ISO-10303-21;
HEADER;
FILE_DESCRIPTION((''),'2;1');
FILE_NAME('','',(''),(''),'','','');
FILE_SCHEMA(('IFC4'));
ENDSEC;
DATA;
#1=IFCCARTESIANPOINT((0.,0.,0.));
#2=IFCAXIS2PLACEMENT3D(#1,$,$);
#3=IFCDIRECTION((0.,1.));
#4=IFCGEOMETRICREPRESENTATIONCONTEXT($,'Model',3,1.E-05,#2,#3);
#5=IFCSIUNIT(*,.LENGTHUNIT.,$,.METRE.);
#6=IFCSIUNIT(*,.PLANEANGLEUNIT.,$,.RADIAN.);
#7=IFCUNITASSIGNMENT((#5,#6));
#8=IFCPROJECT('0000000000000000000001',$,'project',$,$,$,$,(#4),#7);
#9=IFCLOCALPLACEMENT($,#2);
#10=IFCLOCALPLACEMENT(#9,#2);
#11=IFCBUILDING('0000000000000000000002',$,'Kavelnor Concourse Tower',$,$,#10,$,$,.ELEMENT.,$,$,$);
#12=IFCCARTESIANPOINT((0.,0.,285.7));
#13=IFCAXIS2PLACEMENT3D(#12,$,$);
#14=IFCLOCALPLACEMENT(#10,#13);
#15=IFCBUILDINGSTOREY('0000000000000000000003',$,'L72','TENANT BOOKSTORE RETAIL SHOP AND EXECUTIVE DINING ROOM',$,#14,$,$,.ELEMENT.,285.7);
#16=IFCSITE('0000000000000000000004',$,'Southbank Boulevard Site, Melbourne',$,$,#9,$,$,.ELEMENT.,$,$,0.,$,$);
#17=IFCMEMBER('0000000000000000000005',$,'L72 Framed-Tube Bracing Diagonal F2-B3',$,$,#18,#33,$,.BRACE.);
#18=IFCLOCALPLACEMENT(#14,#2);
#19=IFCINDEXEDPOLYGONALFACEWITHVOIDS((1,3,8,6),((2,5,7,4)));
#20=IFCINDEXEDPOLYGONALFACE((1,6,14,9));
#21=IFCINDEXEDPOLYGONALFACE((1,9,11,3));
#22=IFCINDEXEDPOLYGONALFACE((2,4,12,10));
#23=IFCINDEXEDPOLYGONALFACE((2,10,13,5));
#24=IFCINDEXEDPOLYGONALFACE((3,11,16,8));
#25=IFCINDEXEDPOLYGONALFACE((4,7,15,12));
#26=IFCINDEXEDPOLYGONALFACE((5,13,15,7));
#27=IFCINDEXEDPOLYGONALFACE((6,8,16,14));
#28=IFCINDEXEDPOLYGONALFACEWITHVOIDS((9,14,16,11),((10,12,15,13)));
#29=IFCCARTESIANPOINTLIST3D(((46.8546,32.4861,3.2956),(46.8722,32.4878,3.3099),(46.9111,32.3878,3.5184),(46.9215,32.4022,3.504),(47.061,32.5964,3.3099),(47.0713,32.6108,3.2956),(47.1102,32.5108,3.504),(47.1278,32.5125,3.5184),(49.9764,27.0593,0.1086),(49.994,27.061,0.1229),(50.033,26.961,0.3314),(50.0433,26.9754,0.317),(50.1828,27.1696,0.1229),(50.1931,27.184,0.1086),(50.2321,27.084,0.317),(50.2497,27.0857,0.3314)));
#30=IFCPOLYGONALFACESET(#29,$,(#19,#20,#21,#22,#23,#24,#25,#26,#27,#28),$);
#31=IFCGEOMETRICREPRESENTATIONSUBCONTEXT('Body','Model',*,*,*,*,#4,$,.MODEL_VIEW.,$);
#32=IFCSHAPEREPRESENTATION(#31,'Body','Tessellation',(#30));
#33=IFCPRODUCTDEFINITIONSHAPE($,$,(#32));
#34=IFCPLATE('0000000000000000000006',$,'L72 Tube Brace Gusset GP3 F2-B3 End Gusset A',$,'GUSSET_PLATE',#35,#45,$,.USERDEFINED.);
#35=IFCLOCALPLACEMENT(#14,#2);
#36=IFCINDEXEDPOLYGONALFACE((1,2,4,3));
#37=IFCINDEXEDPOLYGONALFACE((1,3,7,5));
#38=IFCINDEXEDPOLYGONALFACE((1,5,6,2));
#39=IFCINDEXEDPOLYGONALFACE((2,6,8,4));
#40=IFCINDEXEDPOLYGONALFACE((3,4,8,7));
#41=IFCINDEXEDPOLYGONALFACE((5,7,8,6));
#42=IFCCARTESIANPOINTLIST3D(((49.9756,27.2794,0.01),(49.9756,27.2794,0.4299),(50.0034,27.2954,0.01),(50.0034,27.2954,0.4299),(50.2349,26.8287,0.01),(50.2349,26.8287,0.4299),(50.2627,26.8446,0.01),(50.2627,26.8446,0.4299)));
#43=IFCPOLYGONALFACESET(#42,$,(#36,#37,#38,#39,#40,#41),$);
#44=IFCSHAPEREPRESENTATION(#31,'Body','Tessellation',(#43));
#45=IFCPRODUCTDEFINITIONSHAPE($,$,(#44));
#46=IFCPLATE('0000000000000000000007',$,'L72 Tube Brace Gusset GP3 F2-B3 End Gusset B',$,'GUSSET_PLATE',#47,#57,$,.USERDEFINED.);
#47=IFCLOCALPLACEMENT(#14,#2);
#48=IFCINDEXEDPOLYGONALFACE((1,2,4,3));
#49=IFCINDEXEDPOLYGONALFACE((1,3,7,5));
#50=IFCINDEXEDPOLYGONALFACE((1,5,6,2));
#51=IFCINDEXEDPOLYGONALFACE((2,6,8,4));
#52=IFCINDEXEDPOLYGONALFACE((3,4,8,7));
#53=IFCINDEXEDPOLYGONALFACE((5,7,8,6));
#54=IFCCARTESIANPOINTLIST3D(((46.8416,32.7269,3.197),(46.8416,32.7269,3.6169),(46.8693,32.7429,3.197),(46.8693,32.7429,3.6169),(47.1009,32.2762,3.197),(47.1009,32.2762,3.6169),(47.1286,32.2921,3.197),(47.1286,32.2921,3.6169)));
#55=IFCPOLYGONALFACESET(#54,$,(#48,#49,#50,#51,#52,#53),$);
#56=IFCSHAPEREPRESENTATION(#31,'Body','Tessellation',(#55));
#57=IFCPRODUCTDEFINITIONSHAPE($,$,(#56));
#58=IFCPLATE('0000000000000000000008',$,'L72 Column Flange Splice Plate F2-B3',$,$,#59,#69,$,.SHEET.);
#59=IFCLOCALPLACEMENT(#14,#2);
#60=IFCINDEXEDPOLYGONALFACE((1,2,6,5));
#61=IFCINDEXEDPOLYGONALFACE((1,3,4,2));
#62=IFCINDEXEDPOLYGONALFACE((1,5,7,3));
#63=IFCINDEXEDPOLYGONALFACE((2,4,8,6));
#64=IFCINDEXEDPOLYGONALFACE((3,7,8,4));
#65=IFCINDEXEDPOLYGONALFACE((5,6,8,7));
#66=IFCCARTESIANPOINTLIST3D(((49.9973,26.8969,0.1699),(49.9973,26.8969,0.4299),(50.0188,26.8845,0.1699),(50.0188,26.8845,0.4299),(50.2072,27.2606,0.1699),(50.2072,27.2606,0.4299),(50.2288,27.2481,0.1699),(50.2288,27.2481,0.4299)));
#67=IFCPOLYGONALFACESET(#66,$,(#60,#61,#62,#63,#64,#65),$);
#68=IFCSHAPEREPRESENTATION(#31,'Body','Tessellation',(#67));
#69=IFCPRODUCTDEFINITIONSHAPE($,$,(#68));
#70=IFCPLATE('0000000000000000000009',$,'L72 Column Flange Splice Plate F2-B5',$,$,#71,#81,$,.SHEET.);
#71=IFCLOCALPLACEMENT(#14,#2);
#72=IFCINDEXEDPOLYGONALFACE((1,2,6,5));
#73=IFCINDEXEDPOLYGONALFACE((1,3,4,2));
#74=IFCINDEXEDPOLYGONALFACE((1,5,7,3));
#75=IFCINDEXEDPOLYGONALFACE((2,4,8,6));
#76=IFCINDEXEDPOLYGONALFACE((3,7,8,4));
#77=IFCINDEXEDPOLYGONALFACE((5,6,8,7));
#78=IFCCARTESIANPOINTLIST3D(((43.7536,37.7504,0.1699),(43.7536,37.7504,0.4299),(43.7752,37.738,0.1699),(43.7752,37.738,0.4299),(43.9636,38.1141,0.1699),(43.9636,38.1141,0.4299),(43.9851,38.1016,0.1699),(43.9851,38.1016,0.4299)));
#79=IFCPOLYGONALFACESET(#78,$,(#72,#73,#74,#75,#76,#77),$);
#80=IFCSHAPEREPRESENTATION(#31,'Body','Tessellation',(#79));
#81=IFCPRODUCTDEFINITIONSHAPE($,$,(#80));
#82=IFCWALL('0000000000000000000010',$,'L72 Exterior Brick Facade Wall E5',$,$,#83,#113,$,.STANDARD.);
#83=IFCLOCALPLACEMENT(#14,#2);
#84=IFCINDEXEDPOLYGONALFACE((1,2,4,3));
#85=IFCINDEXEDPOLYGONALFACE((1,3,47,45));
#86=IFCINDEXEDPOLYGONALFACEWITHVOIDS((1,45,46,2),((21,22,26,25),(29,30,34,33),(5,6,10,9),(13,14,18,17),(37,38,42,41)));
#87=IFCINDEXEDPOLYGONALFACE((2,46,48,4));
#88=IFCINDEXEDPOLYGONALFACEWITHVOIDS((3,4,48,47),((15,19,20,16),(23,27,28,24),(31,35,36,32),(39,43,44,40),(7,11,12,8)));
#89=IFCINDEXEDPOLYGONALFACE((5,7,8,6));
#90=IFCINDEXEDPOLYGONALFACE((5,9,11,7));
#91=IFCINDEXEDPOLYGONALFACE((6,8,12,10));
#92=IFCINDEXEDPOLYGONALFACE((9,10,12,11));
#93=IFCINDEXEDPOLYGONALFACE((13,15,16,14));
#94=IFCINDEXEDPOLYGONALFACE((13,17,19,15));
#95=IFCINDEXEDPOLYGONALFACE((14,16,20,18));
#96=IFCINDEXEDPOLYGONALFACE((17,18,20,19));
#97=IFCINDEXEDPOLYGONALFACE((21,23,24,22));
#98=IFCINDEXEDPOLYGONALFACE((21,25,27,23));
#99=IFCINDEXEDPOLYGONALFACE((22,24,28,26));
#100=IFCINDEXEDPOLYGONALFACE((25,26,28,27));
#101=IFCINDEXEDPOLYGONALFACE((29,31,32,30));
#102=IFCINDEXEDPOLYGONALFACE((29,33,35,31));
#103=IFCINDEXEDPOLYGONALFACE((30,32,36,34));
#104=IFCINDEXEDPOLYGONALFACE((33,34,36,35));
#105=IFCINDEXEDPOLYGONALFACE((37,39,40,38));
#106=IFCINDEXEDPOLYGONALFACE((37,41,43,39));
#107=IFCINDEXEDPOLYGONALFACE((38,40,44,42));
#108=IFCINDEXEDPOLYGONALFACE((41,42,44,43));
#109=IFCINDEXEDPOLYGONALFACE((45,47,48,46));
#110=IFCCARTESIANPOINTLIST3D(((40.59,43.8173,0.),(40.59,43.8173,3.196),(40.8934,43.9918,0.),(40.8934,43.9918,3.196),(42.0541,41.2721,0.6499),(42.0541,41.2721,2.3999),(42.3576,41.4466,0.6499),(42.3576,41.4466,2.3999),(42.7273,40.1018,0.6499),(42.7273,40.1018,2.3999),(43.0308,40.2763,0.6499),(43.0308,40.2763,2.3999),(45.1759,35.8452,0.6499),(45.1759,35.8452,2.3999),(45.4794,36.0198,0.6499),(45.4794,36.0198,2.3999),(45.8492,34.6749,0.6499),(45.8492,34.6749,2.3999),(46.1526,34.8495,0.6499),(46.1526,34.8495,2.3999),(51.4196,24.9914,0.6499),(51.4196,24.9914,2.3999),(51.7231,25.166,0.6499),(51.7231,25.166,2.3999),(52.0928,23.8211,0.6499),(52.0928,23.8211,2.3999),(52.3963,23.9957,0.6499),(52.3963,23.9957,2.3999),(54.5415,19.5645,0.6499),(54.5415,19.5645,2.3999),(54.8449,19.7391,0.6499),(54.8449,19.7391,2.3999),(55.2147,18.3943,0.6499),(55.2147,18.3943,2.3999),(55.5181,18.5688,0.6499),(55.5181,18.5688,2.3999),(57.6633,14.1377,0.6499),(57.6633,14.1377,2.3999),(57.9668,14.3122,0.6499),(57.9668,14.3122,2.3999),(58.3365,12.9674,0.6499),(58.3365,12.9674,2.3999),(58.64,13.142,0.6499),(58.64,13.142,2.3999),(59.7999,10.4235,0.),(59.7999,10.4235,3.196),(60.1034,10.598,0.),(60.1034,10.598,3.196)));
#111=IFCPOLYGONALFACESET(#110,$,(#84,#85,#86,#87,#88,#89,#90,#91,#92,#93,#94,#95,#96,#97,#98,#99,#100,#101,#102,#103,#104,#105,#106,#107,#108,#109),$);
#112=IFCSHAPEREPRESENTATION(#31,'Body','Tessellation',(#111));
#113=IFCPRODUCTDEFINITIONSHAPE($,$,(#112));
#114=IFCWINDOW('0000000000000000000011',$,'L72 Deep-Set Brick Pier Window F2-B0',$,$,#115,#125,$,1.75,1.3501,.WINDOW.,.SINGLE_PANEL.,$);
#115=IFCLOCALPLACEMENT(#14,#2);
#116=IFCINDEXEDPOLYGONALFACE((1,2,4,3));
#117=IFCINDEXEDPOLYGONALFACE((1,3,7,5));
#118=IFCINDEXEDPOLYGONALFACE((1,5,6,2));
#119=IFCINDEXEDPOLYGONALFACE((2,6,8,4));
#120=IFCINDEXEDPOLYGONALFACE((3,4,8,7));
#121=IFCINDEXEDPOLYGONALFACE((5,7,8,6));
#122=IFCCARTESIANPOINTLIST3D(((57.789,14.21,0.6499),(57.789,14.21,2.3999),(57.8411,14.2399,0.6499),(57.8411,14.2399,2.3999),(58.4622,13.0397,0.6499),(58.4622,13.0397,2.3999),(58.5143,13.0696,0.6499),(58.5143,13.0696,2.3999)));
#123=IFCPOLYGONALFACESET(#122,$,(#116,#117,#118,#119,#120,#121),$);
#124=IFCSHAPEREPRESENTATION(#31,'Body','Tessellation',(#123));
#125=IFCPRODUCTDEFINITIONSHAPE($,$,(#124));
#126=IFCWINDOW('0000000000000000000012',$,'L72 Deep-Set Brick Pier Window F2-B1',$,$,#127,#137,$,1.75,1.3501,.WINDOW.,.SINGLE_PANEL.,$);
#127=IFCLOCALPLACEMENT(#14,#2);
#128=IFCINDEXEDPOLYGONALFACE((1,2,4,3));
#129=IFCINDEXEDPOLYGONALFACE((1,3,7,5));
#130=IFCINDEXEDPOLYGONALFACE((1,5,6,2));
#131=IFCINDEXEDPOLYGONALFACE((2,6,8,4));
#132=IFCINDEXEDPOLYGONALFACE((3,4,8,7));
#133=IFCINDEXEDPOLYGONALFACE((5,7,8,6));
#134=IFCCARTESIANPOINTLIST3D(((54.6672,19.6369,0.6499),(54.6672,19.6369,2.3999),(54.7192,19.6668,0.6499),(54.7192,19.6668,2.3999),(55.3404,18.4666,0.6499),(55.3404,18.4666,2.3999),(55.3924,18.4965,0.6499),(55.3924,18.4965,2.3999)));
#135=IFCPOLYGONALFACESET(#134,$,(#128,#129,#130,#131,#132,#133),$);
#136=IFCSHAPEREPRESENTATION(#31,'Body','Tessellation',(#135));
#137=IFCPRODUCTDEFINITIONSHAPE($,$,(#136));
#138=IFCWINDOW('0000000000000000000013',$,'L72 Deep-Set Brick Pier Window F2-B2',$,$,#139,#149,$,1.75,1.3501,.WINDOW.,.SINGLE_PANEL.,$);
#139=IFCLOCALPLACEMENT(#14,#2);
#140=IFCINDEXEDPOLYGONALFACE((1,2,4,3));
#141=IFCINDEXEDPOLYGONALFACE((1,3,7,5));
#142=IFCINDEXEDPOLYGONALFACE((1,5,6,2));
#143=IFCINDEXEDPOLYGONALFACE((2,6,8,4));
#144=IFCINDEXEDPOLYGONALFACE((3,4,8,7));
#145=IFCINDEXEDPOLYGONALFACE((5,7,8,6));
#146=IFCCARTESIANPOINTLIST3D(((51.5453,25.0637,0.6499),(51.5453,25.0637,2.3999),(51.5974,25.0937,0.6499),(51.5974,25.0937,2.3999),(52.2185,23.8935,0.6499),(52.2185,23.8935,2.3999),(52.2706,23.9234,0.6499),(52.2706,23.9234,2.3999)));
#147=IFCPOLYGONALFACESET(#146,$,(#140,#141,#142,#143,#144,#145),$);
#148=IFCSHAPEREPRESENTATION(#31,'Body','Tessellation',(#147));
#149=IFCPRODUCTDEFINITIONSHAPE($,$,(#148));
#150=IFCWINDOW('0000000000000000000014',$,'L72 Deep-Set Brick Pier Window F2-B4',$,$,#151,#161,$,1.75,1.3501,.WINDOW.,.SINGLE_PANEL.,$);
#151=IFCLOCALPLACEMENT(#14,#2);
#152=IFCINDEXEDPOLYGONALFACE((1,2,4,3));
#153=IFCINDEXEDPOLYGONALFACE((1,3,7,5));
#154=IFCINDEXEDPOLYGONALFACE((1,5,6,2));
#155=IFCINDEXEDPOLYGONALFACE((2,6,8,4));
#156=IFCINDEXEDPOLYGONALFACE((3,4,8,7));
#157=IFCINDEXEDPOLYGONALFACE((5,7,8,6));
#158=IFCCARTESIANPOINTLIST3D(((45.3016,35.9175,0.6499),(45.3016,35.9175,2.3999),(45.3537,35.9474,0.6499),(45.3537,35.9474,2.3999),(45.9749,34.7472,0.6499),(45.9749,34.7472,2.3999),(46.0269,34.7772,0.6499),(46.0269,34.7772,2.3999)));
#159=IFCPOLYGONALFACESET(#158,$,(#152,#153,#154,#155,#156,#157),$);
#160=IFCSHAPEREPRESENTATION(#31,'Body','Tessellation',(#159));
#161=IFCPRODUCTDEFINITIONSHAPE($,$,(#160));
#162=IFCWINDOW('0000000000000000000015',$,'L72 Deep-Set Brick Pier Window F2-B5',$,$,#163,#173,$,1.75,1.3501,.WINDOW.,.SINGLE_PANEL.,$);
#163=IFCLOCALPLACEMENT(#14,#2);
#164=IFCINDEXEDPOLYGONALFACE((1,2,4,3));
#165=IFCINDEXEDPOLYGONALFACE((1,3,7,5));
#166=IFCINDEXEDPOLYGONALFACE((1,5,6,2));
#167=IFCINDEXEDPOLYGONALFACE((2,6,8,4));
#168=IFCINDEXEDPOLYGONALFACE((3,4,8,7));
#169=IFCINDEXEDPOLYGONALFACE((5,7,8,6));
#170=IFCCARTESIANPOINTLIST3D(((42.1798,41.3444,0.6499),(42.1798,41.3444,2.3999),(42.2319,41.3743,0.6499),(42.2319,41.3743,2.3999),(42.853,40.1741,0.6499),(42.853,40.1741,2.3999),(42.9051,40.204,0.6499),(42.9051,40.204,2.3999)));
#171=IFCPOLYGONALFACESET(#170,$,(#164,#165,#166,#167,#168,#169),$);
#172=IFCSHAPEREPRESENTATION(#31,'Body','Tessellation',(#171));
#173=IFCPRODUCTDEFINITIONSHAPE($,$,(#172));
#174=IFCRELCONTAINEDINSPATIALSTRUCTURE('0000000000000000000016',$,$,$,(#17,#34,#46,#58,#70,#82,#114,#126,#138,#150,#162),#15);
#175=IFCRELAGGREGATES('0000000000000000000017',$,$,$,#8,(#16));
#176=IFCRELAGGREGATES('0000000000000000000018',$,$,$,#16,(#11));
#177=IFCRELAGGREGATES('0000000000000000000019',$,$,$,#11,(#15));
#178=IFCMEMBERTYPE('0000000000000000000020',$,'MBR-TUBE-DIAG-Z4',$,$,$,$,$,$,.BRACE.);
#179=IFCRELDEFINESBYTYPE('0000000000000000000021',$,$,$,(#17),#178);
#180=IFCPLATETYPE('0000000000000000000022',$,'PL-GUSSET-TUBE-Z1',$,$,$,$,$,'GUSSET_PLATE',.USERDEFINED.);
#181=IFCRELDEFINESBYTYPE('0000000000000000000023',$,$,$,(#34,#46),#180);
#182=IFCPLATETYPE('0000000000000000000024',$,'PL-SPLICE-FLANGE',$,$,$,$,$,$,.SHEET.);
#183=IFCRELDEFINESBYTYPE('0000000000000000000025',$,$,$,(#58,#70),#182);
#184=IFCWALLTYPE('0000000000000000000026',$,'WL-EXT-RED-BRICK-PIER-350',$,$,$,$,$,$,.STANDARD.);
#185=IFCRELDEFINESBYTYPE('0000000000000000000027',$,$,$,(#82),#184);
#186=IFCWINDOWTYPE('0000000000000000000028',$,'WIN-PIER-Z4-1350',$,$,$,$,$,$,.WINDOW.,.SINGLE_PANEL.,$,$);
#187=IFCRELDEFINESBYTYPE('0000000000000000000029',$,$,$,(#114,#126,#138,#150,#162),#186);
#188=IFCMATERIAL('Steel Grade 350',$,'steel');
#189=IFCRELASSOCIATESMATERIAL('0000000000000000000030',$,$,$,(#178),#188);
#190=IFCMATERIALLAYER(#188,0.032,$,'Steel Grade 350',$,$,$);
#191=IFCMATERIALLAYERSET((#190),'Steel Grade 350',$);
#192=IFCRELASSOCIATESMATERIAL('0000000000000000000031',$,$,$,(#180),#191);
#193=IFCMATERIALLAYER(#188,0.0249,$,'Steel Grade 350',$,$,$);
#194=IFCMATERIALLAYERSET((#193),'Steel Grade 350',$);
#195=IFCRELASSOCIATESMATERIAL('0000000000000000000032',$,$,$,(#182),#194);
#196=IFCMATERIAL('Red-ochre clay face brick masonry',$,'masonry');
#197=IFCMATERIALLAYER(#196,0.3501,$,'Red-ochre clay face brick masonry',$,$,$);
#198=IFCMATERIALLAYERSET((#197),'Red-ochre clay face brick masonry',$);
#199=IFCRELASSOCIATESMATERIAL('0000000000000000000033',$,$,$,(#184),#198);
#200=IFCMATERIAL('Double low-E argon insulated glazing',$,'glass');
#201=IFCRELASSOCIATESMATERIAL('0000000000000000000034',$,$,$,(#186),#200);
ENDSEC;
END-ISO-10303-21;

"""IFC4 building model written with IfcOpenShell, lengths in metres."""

from ifc_helpers import new_model, si_unit, direction, frame, frame_2d, origin, origin_2d, place, context, subcontext, project, spatial, rectangle, hollow_rectangle, extrude, material, layer, layer_set, material_profile, profile_set, type_object, element, fill, save


model = new_model("IFC4")

# Units and contexts
model_context = context("Model", 3, precision=1e-05, world=origin(), true_north=direction((0.0, 1.0)))
body_context = subcontext(model_context, "Body", "Model", "MODEL_VIEW")
ifc_project = project(units=[si_unit("LENGTHUNIT", "METRE"), si_unit("PLANEANGLEUNIT", "RADIAN")], contexts=[model_context])

# Site, building, storey
site_placement = place(None, origin())
site = spatial("IfcSite", under=ifc_project, at=site_placement, Name="Southbank Boulevard Site, Melbourne", CompositionType="ELEMENT", RefElevation=0.0)
building_placement = place(site_placement, origin())
building = spatial("IfcBuilding", under=site, at=building_placement, Name="Kavelnor Concourse Tower", CompositionType="ELEMENT")
storey_placement = place(building_placement, frame((0.0, 0.0, 285.7)))
storey = spatial("IfcBuildingStorey", under=building, at=storey_placement, Name="L72", Description="TENANT BOOKSTORE RETAIL SHOP AND EXECUTIVE DINING ROOM", CompositionType="ELEMENT", Elevation=285.7)

# Shared definitions
ifc_material_1 = material(Name="Steel Grade 350", Category="steel")

# Member
ifc_material_profile_1 = material_profile(ifc_material_1, hollow_rectangle(XDim=0.25, YDim=0.25, WallThickness=0.0161, at=origin_2d()), Name="SHS 250x250x16")
ifc_profile_set_1 = profile_set([ifc_material_profile_1], Name="Steel Grade 350")
member_type = type_object("IfcMemberType", Name="MBR-TUBE-DIAG-Z4", PredefinedType="BRACE", material=ifc_profile_set_1)
member_placement = place(storey_placement, frame((50.113, 27.0725, 0.22), z_axis=(-0.444379, 0.772477, 0.453658), x_axis=(-0.866807, -0.498644, 0.0)))
element("IfcMember", 1, at=member_placement, inside=storey, type_object=member_type, Name="L72 Framed-Tube Bracing Diagonal F2-B3", PredefinedType="BRACE", context=body_context, shape_type="SweptSolid", body=[
    extrude(hollow_rectangle(XDim=0.25, YDim=0.25, WallThickness=0.0161, at=origin_2d()), origin(), (0.0, 0.0, 1.0), 7.0251),
])

# Plates
ifc_layer_1 = layer(ifc_material_1, 0.032, Name="Steel Grade 350")
ifc_layer_set_1 = layer_set([ifc_layer_1], Name="Steel Grade 350")
plate_type_1 = type_object("IfcPlateType", Name="PL-GUSSET-TUBE-Z1", ElementType="GUSSET_PLATE", PredefinedType="USERDEFINED", material=ifc_layer_set_1)
for number, where, z_axis, x_axis, name in (
    (2, (50.1191, 27.062, 0.01), (0.0, 0.0, 1.0), (-0.498639, 0.86681, 0.0), "L72 Tube Brace Gusset GP3 F2-B3 End Gusset A"),
    (3, (46.9851, 32.5095, 3.197), (0.0, 0.0, 1.0), (-0.498639, 0.86681, 0.0), "L72 Tube Brace Gusset GP3 F2-B3 End Gusset B"),
):
    element("IfcPlate", number, at=place(storey_placement, frame(where, z_axis=z_axis, x_axis=x_axis)), inside=storey, type_object=plate_type_1, Name=name, ObjectType="GUSSET_PLATE", PredefinedType="USERDEFINED", context=body_context, shape_type="SweptSolid", body=[
        extrude(rectangle(XDim=0.52, YDim=0.032, at=origin_2d()), origin(), (0.0, 0.0, 1.0), 0.4199),
    ])
ifc_layer_2 = layer(ifc_material_1, 0.0249, Name="Steel Grade 350")
ifc_layer_set_2 = layer_set([ifc_layer_2], Name="Steel Grade 350")
plate_type_2 = type_object("IfcPlateType", Name="PL-SPLICE-FLANGE", PredefinedType="SHEET", material=ifc_layer_set_2)
for number, where, z_axis, x_axis, name in (
    (4, (50.113, 27.0725, 0.1699), (0.0, 0.0, 1.0), (-0.5, -0.866025, 0.0), "L72 Column Flange Splice Plate F2-B3"),
    (5, (43.8694, 37.926, 0.1699), (0.0, 0.0, 1.0), (-0.5, -0.866025, 0.0), "L72 Column Flange Splice Plate F2-B5"),
):
    element("IfcPlate", number, at=place(storey_placement, frame(where, z_axis=z_axis, x_axis=x_axis)), inside=storey, type_object=plate_type_2, Name=name, PredefinedType="SHEET", context=body_context, shape_type="SweptSolid", body=[
        extrude(rectangle(XDim=0.4199, YDim=0.0249, at=origin_2d()), origin(), (0.0, 0.0, 1.0), 0.26),
    ])

# Wall, openings, windows
ifc_material_2 = material(Name="Red-ochre clay face brick masonry", Category="masonry")
ifc_layer_3 = layer(ifc_material_2, 0.3501, Name="Red-ochre clay face brick masonry")
ifc_layer_set_3 = layer_set([ifc_layer_3], Name="Red-ochre clay face brick masonry")
wall_type_1 = type_object("IfcWallType", Name="WL-EXT-RED-BRICK-PIER-350", PredefinedType="STANDARD", material=ifc_layer_set_3)
wall_1_placement = place(storey_placement, frame((40.7417, 43.9045, 0.0), z_axis=(0.0, 0.0, 1.0), x_axis=(0.498637, -0.866811, 0.0)))
wall_1 = element("IfcWall", 6, at=wall_1_placement, inside=storey, type_object=wall_type_1, Name="L72 Exterior Brick Facade Wall E5", PredefinedType="STANDARD", context=body_context, shape_type="SweptSolid", body=[
    extrude(rectangle(XDim=38.5249, YDim=0.3501, at=frame_2d((19.2625, 0.0))), origin(), (0.0, 0.0, 1.0), 3.196),
])
opening_1_placement = place(wall_1_placement, frame((34.24, 0.0, 0.6499)))
opening_1 = element("IfcOpeningElement", 7, at=opening_1_placement, cuts=wall_1, PredefinedType="OPENING", context=body_context, shape_type="SweptSolid", body=[
    extrude(rectangle(XDim=1.3501, YDim=1.75, at=frame_2d((0.675, 0.875))), frame((0.0, 0.1851, 0.0), z_axis=(0.0, -1.0, 0.0), x_axis=(1.0, 0.0, 0.0)), (0.0, 0.0, 1.0), 0.3701),
])
opening_2_placement = place(wall_1_placement, frame((27.9792, 0.0, 0.6499)))
opening_2 = element("IfcOpeningElement", 8, at=opening_2_placement, cuts=wall_1, PredefinedType="OPENING", context=body_context, shape_type="SweptSolid", body=[
    extrude(rectangle(XDim=1.3501, YDim=1.75, at=frame_2d((0.675, 0.875))), frame((0.0, 0.1851, 0.0), z_axis=(0.0, -1.0, 0.0), x_axis=(1.0, 0.0, 0.0)), (0.0, 0.0, 1.0), 0.3701),
])
opening_3_placement = place(wall_1_placement, frame((21.7185, 0.0, 0.6499)))
opening_3 = element("IfcOpeningElement", 9, at=opening_3_placement, cuts=wall_1, PredefinedType="OPENING", context=body_context, shape_type="SweptSolid", body=[
    extrude(rectangle(XDim=1.3501, YDim=1.75, at=frame_2d((0.675, 0.875))), frame((0.0, 0.1851, 0.0), z_axis=(0.0, -1.0, 0.0), x_axis=(1.0, 0.0, 0.0)), (0.0, 0.0, 1.0), 0.3701),
])
opening_4_placement = place(wall_1_placement, frame((9.197, 0.0, 0.6499)))
opening_4 = element("IfcOpeningElement", 10, at=opening_4_placement, cuts=wall_1, PredefinedType="OPENING", context=body_context, shape_type="SweptSolid", body=[
    extrude(rectangle(XDim=1.3501, YDim=1.75, at=frame_2d((0.675, 0.875))), frame((0.0, 0.1851, 0.0), z_axis=(0.0, -1.0, 0.0), x_axis=(1.0, 0.0, 0.0)), (0.0, 0.0, 1.0), 0.3701),
])
opening_5_placement = place(wall_1_placement, frame((2.9363, 0.0, 0.6499)))
opening_5 = element("IfcOpeningElement", 11, at=opening_5_placement, cuts=wall_1, PredefinedType="OPENING", context=body_context, shape_type="SweptSolid", body=[
    extrude(rectangle(XDim=1.3501, YDim=1.75, at=frame_2d((0.675, 0.875))), frame((0.0, 0.1851, 0.0), z_axis=(0.0, -1.0, 0.0), x_axis=(1.0, 0.0, 0.0)), (0.0, 0.0, 1.0), 0.3701),
])
ifc_material_3 = material(Name="Double low-E argon insulated glazing", Category="glass")
window_type = type_object("IfcWindowType", Name="WIN-PIER-Z4-1350", PartitioningType="SINGLE_PANEL", PredefinedType="WINDOW", material=ifc_material_3)
window_1_placement = place(opening_1_placement, origin())
window_1 = element("IfcWindow", 12, at=window_1_placement, inside=storey, type_object=window_type, Name="L72 Deep-Set Brick Pier Window F2-B0", OverallHeight=1.75, OverallWidth=1.3501, PartitioningType="SINGLE_PANEL", PredefinedType="WINDOW", context=body_context, shape_type="SweptSolid", body=[
    extrude(rectangle(XDim=1.3501, YDim=1.75, at=frame_2d((0.675, 0.875))), frame((0.0, 0.03, 0.0), z_axis=(0.0, -1.0, 0.0), x_axis=(1.0, 0.0, 0.0)), (0.0, 0.0, 1.0), 0.0601),
])
fill(opening_1, window_1)
window_2_placement = place(opening_2_placement, origin())
window_2 = element("IfcWindow", 13, at=window_2_placement, inside=storey, type_object=window_type, Name="L72 Deep-Set Brick Pier Window F2-B1", OverallHeight=1.75, OverallWidth=1.3501, PartitioningType="SINGLE_PANEL", PredefinedType="WINDOW", context=body_context, shape_type="SweptSolid", body=[
    extrude(rectangle(XDim=1.3501, YDim=1.75, at=frame_2d((0.675, 0.875))), frame((0.0, 0.03, 0.0), z_axis=(0.0, -1.0, 0.0), x_axis=(1.0, 0.0, 0.0)), (0.0, 0.0, 1.0), 0.0601),
])
fill(opening_2, window_2)
window_3_placement = place(opening_3_placement, origin())
window_3 = element("IfcWindow", 14, at=window_3_placement, inside=storey, type_object=window_type, Name="L72 Deep-Set Brick Pier Window F2-B2", OverallHeight=1.75, OverallWidth=1.3501, PartitioningType="SINGLE_PANEL", PredefinedType="WINDOW", context=body_context, shape_type="SweptSolid", body=[
    extrude(rectangle(XDim=1.3501, YDim=1.75, at=frame_2d((0.675, 0.875))), frame((0.0, 0.03, 0.0), z_axis=(0.0, -1.0, 0.0), x_axis=(1.0, 0.0, 0.0)), (0.0, 0.0, 1.0), 0.0601),
])
fill(opening_3, window_3)
window_4_placement = place(opening_4_placement, origin())
window_4 = element("IfcWindow", 15, at=window_4_placement, inside=storey, type_object=window_type, Name="L72 Deep-Set Brick Pier Window F2-B4", OverallHeight=1.75, OverallWidth=1.3501, PartitioningType="SINGLE_PANEL", PredefinedType="WINDOW", context=body_context, shape_type="SweptSolid", body=[
    extrude(rectangle(XDim=1.3501, YDim=1.75, at=frame_2d((0.675, 0.875))), frame((0.0, 0.03, 0.0), z_axis=(0.0, -1.0, 0.0), x_axis=(1.0, 0.0, 0.0)), (0.0, 0.0, 1.0), 0.0601),
])
fill(opening_4, window_4)
window_5_placement = place(opening_5_placement, origin())
window_5 = element("IfcWindow", 16, at=window_5_placement, inside=storey, type_object=window_type, Name="L72 Deep-Set Brick Pier Window F2-B5", OverallHeight=1.75, OverallWidth=1.3501, PartitioningType="SINGLE_PANEL", PredefinedType="WINDOW", context=body_context, shape_type="SweptSolid", body=[
    extrude(rectangle(XDim=1.3501, YDim=1.75, at=frame_2d((0.675, 0.875))), frame((0.0, 0.03, 0.0), z_axis=(0.0, -1.0, 0.0), x_axis=(1.0, 0.0, 0.0)), (0.0, 0.0, 1.0), 0.0601),
])
fill(opening_5, window_5)

save(model, "model.ifc")
